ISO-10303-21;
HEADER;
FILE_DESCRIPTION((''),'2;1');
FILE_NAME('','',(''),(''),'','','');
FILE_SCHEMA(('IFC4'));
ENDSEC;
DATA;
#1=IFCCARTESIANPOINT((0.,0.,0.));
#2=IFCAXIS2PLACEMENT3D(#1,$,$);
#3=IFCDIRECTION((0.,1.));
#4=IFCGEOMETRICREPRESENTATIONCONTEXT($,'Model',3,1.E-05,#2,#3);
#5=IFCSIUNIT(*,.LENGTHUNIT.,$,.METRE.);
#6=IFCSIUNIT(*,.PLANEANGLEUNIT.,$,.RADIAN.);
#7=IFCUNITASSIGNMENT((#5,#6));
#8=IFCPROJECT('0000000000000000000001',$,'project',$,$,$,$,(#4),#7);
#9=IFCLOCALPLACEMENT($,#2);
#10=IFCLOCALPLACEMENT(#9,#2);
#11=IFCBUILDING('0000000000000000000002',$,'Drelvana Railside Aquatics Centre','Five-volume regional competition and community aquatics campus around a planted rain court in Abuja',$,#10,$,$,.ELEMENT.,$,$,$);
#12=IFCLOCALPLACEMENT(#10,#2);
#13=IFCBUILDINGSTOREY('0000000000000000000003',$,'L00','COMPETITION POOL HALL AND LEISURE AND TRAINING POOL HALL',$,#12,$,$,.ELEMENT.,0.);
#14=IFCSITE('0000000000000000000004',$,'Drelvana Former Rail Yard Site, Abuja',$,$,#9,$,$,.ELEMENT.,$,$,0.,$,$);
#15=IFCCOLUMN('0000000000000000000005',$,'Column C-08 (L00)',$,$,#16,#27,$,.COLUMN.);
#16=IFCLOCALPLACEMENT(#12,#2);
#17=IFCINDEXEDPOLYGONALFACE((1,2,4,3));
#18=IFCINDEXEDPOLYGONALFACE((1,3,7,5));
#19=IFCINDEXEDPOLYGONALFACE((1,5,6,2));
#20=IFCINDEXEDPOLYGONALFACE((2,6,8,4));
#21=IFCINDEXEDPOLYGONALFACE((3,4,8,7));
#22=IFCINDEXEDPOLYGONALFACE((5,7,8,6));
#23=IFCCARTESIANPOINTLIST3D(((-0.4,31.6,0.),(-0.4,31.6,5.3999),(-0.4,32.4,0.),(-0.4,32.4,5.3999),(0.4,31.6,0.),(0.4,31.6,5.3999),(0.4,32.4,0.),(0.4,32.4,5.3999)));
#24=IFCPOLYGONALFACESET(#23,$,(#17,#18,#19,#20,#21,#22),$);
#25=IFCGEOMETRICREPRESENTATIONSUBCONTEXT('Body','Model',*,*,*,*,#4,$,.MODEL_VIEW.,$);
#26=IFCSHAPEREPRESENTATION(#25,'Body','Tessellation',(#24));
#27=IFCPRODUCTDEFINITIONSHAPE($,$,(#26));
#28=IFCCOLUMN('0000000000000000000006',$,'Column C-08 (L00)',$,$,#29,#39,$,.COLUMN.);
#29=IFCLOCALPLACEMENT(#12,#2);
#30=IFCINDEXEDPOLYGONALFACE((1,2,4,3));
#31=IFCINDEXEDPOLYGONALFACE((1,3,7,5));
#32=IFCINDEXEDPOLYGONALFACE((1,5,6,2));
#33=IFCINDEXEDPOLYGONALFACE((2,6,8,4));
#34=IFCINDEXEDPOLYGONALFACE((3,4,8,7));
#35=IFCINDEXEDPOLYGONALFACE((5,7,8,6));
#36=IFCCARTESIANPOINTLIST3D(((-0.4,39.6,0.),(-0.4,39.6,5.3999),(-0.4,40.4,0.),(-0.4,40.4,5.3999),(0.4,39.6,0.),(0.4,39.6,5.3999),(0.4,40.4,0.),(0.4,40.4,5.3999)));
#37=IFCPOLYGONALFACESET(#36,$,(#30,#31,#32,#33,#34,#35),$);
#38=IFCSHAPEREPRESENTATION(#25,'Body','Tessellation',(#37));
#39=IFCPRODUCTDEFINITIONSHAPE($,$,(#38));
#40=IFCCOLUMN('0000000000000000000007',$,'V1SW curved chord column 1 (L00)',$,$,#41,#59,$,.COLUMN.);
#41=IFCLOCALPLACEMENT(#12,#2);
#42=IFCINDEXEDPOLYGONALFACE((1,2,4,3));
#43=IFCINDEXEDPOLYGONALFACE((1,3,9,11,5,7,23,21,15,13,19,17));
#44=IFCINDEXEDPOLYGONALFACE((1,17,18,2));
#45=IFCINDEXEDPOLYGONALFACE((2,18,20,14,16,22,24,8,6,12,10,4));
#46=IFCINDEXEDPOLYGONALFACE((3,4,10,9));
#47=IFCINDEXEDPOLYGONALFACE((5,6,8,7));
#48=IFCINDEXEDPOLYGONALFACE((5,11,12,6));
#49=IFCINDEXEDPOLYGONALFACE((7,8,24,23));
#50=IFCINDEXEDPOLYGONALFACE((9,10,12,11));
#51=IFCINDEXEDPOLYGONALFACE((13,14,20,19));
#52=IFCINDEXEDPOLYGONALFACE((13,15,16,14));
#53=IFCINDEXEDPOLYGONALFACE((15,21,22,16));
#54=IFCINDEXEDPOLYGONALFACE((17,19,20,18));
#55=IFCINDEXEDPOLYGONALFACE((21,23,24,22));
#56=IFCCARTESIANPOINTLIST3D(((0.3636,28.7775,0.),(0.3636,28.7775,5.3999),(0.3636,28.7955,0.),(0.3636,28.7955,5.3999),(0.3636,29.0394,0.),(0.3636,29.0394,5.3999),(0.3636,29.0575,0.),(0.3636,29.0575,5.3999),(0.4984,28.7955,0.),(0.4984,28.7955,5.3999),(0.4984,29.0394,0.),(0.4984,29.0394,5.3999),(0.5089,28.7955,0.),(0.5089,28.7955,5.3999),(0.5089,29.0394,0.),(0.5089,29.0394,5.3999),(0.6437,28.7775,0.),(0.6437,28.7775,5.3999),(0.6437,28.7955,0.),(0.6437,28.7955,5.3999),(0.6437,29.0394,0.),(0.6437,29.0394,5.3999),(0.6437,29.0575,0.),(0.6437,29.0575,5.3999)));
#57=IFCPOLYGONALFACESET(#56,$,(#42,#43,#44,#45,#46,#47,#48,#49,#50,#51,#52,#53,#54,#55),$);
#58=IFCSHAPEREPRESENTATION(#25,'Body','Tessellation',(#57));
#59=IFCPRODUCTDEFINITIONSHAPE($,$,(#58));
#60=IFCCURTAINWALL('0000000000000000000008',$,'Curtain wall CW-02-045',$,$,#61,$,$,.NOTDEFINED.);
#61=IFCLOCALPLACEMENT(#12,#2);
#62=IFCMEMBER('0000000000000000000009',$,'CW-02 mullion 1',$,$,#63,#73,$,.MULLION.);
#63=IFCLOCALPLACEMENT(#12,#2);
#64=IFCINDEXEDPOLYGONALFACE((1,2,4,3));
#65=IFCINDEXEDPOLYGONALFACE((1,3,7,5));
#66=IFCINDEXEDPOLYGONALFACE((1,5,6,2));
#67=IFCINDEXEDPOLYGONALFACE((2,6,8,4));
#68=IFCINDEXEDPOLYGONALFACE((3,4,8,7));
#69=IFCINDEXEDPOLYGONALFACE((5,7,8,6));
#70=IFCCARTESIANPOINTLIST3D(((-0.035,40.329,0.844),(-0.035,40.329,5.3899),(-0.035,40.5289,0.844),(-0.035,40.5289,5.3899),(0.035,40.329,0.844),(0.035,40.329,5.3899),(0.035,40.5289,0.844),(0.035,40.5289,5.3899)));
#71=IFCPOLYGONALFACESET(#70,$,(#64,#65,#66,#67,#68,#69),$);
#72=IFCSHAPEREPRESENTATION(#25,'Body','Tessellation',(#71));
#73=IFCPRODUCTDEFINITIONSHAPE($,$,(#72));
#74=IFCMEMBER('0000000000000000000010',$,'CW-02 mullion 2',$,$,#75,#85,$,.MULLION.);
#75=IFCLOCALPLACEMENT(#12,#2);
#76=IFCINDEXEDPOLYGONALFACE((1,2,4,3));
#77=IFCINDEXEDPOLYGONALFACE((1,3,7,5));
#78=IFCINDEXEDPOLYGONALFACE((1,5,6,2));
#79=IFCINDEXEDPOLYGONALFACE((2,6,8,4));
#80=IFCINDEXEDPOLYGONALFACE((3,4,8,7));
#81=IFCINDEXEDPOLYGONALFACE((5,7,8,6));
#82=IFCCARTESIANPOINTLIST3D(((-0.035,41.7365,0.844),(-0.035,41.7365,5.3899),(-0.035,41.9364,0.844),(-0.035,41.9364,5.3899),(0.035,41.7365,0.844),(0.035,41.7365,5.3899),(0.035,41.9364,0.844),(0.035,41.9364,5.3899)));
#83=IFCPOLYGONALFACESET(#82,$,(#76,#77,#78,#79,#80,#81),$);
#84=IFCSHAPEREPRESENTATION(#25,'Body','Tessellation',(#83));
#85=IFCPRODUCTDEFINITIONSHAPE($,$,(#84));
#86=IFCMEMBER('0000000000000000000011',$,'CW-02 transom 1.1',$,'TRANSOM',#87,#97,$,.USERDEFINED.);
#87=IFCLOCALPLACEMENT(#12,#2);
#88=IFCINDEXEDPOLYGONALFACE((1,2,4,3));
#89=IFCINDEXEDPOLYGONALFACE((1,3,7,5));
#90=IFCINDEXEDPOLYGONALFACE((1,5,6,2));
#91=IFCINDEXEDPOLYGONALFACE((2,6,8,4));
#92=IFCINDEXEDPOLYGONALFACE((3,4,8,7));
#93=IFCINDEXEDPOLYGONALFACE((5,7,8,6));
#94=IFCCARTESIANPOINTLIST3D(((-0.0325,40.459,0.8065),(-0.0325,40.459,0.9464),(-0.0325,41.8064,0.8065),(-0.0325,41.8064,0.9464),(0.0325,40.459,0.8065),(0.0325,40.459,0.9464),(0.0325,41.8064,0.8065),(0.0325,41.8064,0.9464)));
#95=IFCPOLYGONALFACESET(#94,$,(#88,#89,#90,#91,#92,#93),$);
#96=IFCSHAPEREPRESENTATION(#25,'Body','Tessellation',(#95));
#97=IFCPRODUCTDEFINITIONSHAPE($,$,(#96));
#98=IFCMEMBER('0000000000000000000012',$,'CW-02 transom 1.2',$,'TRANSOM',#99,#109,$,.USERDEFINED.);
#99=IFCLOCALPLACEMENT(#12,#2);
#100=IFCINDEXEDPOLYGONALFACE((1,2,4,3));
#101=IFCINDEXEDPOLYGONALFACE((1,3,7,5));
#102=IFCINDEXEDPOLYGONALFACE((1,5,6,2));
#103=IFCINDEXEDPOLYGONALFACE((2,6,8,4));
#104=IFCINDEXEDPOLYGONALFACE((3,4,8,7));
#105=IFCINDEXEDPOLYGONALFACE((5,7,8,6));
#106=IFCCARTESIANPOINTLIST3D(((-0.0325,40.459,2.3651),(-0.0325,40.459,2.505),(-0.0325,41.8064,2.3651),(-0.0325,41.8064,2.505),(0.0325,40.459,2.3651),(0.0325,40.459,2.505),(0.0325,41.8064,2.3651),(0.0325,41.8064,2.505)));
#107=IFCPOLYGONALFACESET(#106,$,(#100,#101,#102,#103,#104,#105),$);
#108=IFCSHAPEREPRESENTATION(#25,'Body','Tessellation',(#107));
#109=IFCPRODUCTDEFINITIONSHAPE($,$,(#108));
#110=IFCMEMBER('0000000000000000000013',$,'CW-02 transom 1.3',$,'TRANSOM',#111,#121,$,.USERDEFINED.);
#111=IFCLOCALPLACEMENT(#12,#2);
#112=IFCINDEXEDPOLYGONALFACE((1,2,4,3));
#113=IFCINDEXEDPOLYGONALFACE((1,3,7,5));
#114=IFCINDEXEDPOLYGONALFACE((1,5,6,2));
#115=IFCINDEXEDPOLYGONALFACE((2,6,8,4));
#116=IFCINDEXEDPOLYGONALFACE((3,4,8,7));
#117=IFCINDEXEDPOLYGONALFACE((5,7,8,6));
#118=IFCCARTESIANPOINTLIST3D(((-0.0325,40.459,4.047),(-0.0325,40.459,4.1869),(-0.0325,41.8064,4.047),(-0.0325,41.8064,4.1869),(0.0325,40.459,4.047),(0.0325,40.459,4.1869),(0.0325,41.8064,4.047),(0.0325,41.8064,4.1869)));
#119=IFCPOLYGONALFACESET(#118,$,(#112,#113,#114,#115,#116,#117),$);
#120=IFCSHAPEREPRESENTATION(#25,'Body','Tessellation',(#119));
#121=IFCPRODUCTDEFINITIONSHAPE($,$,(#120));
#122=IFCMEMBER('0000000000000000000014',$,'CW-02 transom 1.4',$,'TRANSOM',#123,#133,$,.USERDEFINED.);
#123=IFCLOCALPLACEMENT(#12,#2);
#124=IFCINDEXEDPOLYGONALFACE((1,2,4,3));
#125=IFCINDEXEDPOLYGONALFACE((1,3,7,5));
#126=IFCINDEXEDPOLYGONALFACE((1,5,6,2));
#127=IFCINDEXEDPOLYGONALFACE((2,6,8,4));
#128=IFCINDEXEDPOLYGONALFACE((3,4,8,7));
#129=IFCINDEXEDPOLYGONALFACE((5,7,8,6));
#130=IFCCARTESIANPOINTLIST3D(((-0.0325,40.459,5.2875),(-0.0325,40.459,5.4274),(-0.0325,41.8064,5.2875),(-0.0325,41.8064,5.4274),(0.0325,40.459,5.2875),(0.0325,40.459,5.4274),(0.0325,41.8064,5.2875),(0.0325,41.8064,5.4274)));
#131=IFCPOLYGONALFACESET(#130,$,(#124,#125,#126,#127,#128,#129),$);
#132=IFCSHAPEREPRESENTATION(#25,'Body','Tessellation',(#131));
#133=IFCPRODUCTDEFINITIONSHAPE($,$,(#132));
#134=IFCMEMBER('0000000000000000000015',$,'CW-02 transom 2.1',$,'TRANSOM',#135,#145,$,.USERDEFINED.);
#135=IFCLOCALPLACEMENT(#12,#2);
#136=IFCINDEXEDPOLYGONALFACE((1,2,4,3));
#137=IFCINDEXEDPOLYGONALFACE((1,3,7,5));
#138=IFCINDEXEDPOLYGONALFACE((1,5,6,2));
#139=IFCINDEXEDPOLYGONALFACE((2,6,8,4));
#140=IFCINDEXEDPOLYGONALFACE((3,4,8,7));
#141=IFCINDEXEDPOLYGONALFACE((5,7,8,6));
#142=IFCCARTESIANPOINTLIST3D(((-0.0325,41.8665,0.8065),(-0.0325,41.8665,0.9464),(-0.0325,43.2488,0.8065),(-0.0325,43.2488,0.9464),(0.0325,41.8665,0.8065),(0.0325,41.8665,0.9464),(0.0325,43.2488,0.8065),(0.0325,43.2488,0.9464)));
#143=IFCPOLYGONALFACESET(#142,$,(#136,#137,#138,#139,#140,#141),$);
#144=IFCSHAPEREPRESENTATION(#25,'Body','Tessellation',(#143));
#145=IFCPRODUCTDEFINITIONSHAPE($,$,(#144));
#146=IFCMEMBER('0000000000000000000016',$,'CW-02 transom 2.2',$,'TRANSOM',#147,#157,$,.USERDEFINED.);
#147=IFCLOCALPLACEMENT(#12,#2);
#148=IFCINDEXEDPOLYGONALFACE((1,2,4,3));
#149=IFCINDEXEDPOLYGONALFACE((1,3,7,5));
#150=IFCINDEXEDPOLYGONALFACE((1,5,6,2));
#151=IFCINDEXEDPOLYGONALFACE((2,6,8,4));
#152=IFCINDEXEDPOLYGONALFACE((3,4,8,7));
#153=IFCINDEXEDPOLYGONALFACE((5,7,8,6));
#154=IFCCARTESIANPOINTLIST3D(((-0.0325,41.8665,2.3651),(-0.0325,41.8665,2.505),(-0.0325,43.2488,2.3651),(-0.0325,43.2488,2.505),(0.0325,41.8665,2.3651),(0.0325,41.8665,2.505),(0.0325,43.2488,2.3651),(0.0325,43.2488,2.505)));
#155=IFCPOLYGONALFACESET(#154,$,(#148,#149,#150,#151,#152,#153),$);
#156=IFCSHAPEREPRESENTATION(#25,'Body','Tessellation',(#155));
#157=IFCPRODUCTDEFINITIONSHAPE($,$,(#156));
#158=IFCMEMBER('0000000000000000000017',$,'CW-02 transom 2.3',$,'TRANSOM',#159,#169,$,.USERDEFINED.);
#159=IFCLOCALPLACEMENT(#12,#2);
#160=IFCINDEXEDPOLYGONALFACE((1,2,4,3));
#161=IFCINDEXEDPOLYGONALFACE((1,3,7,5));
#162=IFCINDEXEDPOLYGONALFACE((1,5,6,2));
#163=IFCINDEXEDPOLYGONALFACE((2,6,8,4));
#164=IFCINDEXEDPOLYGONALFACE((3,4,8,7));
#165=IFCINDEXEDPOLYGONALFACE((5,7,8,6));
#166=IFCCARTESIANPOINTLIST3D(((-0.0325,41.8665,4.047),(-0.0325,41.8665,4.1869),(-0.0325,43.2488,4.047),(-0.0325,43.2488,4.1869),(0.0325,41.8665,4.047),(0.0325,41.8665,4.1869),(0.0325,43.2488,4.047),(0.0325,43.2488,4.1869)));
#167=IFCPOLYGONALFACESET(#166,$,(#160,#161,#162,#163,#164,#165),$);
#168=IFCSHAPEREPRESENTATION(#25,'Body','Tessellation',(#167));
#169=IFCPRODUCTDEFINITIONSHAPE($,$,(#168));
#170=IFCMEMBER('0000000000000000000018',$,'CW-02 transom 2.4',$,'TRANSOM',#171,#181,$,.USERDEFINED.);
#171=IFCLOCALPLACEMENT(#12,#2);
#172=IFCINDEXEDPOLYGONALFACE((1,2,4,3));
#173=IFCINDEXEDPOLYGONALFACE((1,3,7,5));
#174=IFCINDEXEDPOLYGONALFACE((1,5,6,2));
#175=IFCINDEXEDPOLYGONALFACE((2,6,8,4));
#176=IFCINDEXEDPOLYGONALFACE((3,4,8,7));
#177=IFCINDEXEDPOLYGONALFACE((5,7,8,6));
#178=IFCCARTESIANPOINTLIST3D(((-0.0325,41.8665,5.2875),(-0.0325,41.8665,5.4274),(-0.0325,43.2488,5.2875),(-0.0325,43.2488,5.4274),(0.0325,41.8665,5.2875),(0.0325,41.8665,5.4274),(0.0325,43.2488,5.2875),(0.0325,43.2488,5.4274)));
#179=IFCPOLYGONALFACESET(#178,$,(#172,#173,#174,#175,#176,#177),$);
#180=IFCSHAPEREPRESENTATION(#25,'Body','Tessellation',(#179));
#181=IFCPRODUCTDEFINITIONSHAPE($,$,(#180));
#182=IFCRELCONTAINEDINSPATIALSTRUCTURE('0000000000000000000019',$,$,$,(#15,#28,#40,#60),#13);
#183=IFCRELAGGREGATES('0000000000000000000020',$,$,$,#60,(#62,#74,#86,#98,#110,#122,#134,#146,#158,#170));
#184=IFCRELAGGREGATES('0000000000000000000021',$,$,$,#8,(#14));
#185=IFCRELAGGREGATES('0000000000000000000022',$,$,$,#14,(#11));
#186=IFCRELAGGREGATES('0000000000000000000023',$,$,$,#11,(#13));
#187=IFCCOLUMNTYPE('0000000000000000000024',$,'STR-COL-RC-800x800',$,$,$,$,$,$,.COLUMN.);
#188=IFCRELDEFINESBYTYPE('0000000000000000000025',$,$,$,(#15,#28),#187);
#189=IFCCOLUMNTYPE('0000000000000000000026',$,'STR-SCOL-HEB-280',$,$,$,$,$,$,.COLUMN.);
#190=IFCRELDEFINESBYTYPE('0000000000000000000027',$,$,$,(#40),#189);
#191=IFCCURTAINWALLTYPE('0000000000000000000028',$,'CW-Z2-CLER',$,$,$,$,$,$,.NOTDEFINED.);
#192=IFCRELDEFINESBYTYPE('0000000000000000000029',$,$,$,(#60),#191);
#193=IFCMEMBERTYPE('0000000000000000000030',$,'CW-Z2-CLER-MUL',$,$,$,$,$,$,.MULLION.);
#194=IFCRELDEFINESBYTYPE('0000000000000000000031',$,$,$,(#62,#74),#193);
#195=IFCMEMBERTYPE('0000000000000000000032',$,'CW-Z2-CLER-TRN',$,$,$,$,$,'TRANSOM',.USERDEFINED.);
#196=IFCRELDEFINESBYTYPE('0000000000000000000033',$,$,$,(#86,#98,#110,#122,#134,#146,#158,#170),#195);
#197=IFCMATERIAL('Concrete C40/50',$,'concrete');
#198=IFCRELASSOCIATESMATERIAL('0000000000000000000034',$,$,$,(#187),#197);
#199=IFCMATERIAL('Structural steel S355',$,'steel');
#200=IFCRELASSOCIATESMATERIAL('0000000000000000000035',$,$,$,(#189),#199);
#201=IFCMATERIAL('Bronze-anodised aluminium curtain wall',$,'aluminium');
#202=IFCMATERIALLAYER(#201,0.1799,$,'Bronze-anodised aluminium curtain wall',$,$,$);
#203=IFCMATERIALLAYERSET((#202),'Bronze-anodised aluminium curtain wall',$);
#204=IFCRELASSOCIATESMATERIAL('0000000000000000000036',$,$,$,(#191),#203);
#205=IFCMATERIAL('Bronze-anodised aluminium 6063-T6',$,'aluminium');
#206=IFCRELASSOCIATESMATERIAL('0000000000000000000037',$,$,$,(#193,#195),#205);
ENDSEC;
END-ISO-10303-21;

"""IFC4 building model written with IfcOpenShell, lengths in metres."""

from ifc_helpers import new_model, si_unit, direction, frame, origin, origin_2d, place, context, subcontext, project, spatial, rectangle, i_section, extrude, material, layer, layer_set, material_profile, profile_set, type_object, element, aggregate, save


model = new_model("IFC4")

# Units and contexts
model_context = context("Model", 3, precision=1e-05, world=origin(), true_north=direction((0.0, 1.0)))
body_context = subcontext(model_context, "Body", "Model", "MODEL_VIEW")
ifc_project = project(units=[si_unit("LENGTHUNIT", "METRE"), si_unit("PLANEANGLEUNIT", "RADIAN")], contexts=[model_context])

# Site, building, storey
site_placement = place(None, origin())
site = spatial("IfcSite", under=ifc_project, at=site_placement, Name="Drelvana Former Rail Yard Site, Abuja", CompositionType="ELEMENT", RefElevation=0.0)
building_placement = place(site_placement, origin())
building = spatial("IfcBuilding", under=site, at=building_placement, Name="Drelvana Railside Aquatics Centre", Description="Five-volume regional competition and community aquatics campus around a planted rain court in Abuja", CompositionType="ELEMENT")
storey_placement = place(building_placement, origin())
storey = spatial("IfcBuildingStorey", under=building, at=storey_placement, Name="L00", Description="COMPETITION POOL HALL AND LEISURE AND TRAINING POOL HALL", CompositionType="ELEMENT", Elevation=0.0)

# Columns
ifc_material_1 = material(Name="Concrete C40/50", Category="concrete")
ifc_material_profile_1 = material_profile(ifc_material_1, rectangle(XDim=0.8, YDim=0.8, at=origin_2d()), Name="RC 800x800")
ifc_profile_set_1 = profile_set([ifc_material_profile_1], Name="Concrete C40/50")
column_type_1 = type_object("IfcColumnType", Name="STR-COL-RC-800x800", PredefinedType="COLUMN", material=ifc_profile_set_1)
for number, where, z_axis, x_axis, name in (
    (1, (0.0, 32.0, 0.0), (0.0, 0.0, 1.0), (1.0, 0.0, 0.0), "Column C-08 (L00)"),
    (2, (0.0, 40.0, 0.0), (0.0, 0.0, 1.0), (1.0, 0.0, 0.0), "Column C-08 (L00)"),
):
    element("IfcColumn", number, at=place(storey_placement, frame(where, z_axis=z_axis, x_axis=x_axis)), inside=storey, type_object=column_type_1, Name=name, PredefinedType="COLUMN", context=body_context, shape_type="SweptSolid", body=[
        extrude(rectangle(XDim=0.8, YDim=0.8, at=origin_2d()), origin(), (0.0, 0.0, 1.0), 5.3999),
    ])
ifc_material_2 = material(Name="Structural steel S355", Category="steel")
ifc_material_profile_2 = material_profile(ifc_material_2, i_section(OverallWidth=0.28, OverallDepth=0.28, WebThickness=0.0105, FlangeThickness=0.0181, at=origin_2d()), Name="HEB 280")
ifc_profile_set_2 = profile_set([ifc_material_profile_2], Name="Structural steel S355")
column_type_2 = type_object("IfcColumnType", Name="STR-SCOL-HEB-280", PredefinedType="COLUMN", material=ifc_profile_set_2)
column_placement = place(storey_placement, frame((0.5037, 28.9175, 0.0), z_axis=(0.0, 0.0, 1.0), x_axis=(1.0, 0.0, 0.0)))
element("IfcColumn", 3, at=column_placement, inside=storey, type_object=column_type_2, Name="V1SW curved chord column 1 (L00)", PredefinedType="COLUMN", context=body_context, shape_type="SweptSolid", body=[
    extrude(i_section(OverallWidth=0.28, OverallDepth=0.28, WebThickness=0.0105, FlangeThickness=0.0181, at=origin_2d()), origin(), (0.0, 0.0, 1.0), 5.3999),
])

# Curtain wall, members
ifc_material_3 = material(Name="Bronze-anodised aluminium curtain wall", Category="aluminium")
ifc_layer_1 = layer(ifc_material_3, 0.1799, Name="Bronze-anodised aluminium curtain wall")
ifc_layer_set_1 = layer_set([ifc_layer_1], Name="Bronze-anodised aluminium curtain wall")
curtain_wall_type = type_object("IfcCurtainWallType", Name="CW-Z2-CLER", PredefinedType="NOTDEFINED", material=ifc_layer_set_1)
curtain_wall_placement = place(storey_placement, origin())
curtain_wall = element("IfcCurtainWall", 4, at=curtain_wall_placement, inside=storey, type_object=curtain_wall_type, Name="Curtain wall CW-02-045", PredefinedType="NOTDEFINED")
ifc_material_4 = material(Name="Bronze-anodised aluminium 6063-T6", Category="aluminium")
ifc_material_profile_3 = material_profile(ifc_material_4, rectangle(XDim=0.0701, YDim=0.2, at=origin_2d()), Name="ALU-M 70x200")
ifc_profile_set_3 = profile_set([ifc_material_profile_3], Name="Bronze-anodised aluminium 6063-T6")
member_type_1 = type_object("IfcMemberType", Name="CW-Z2-CLER-MUL", PredefinedType="MULLION", material=ifc_profile_set_3)
member_1_placement = place(storey_placement, frame((0.0, 40.429, 0.844), z_axis=(0.0, 0.0, 1.0), x_axis=(-1.0, 0.0, 0.0)))
member_1 = element("IfcMember", 5, at=member_1_placement, type_object=member_type_1, Name="CW-02 mullion 1", PredefinedType="MULLION", context=body_context, shape_type="SweptSolid", body=[
    extrude(rectangle(XDim=0.0701, YDim=0.2, at=origin_2d()), origin(), (0.0, 0.0, 1.0), 4.5459),
])
member_2_placement = place(storey_placement, frame((0.0, 41.8364, 0.844), z_axis=(0.0, 0.0, 1.0), x_axis=(-1.0, 0.0, 0.0)))
member_2 = element("IfcMember", 6, at=member_2_placement, type_object=member_type_1, Name="CW-02 mullion 2", PredefinedType="MULLION", context=body_context, shape_type="SweptSolid", body=[
    extrude(rectangle(XDim=0.0701, YDim=0.2, at=origin_2d()), origin(), (0.0, 0.0, 1.0), 4.5459),
])
ifc_material_profile_4 = material_profile(ifc_material_4, rectangle(XDim=0.1399, YDim=0.0649, at=origin_2d()), Name="ALU-T 65x140")
ifc_profile_set_4 = profile_set([ifc_material_profile_4], Name="Bronze-anodised aluminium 6063-T6")
member_type_2 = type_object("IfcMemberType", Name="CW-Z2-CLER-TRN", ElementType="TRANSOM", PredefinedType="USERDEFINED", material=ifc_profile_set_4)
member_3_placement = place(storey_placement, frame((0.0, 40.459, 0.8765), z_axis=(0.0, 1.0, 0.0), x_axis=(0.0, 0.0, 1.0)))
member_3 = element("IfcMember", 7, at=member_3_placement, type_object=member_type_2, Name="CW-02 transom 1.1", ObjectType="TRANSOM", PredefinedType="USERDEFINED", context=body_context, shape_type="SweptSolid", body=[
    extrude(rectangle(XDim=0.1399, YDim=0.0649, at=origin_2d()), origin(), (0.0, 0.0, 1.0), 1.3474),
])
member_4_placement = place(storey_placement, frame((0.0, 40.459, 2.4351), z_axis=(0.0, 1.0, 0.0), x_axis=(0.0, 0.0, 1.0)))
member_4 = element("IfcMember", 8, at=member_4_placement, type_object=member_type_2, Name="CW-02 transom 1.2", ObjectType="TRANSOM", PredefinedType="USERDEFINED", context=body_context, shape_type="SweptSolid", body=[
    extrude(rectangle(XDim=0.1399, YDim=0.0649, at=origin_2d()), origin(), (0.0, 0.0, 1.0), 1.3474),
])
member_5_placement = place(storey_placement, frame((0.0, 40.459, 4.1169), z_axis=(0.0, 1.0, 0.0), x_axis=(0.0, 0.0, 1.0)))
member_5 = element("IfcMember", 9, at=member_5_placement, type_object=member_type_2, Name="CW-02 transom 1.3", ObjectType="TRANSOM", PredefinedType="USERDEFINED", context=body_context, shape_type="SweptSolid", body=[
    extrude(rectangle(XDim=0.1399, YDim=0.0649, at=origin_2d()), origin(), (0.0, 0.0, 1.0), 1.3474),
])
member_6_placement = place(storey_placement, frame((0.0, 40.459, 5.3574), z_axis=(0.0, 1.0, 0.0), x_axis=(0.0, 0.0, 1.0)))
member_6 = element("IfcMember", 10, at=member_6_placement, type_object=member_type_2, Name="CW-02 transom 1.4", ObjectType="TRANSOM", PredefinedType="USERDEFINED", context=body_context, shape_type="SweptSolid", body=[
    extrude(rectangle(XDim=0.1399, YDim=0.0649, at=origin_2d()), origin(), (0.0, 0.0, 1.0), 1.3474),
])
member_7_placement = place(storey_placement, frame((0.0, 41.8665, 0.8765), z_axis=(0.0, 1.0, 0.0), x_axis=(0.0, 0.0, 1.0)))
member_7 = element("IfcMember", 11, at=member_7_placement, type_object=member_type_2, Name="CW-02 transom 2.1", ObjectType="TRANSOM", PredefinedType="USERDEFINED", context=body_context, shape_type="SweptSolid", body=[
    extrude(rectangle(XDim=0.1399, YDim=0.0649, at=origin_2d()), origin(), (0.0, 0.0, 1.0), 1.3823),
])
member_8_placement = place(storey_placement, frame((0.0, 41.8665, 2.4351), z_axis=(0.0, 1.0, 0.0), x_axis=(0.0, 0.0, 1.0)))
member_8 = element("IfcMember", 12, at=member_8_placement, type_object=member_type_2, Name="CW-02 transom 2.2", ObjectType="TRANSOM", PredefinedType="USERDEFINED", context=body_context, shape_type="SweptSolid", body=[
    extrude(rectangle(XDim=0.1399, YDim=0.0649, at=origin_2d()), origin(), (0.0, 0.0, 1.0), 1.3823),
])
member_9_placement = place(storey_placement, frame((0.0, 41.8665, 4.1169), z_axis=(0.0, 1.0, 0.0), x_axis=(0.0, 0.0, 1.0)))
member_9 = element("IfcMember", 13, at=member_9_placement, type_object=member_type_2, Name="CW-02 transom 2.3", ObjectType="TRANSOM", PredefinedType="USERDEFINED", context=body_context, shape_type="SweptSolid", body=[
    extrude(rectangle(XDim=0.1399, YDim=0.0649, at=origin_2d()), origin(), (0.0, 0.0, 1.0), 1.3823),
])
member_10_placement = place(storey_placement, frame((0.0, 41.8665, 5.3574), z_axis=(0.0, 1.0, 0.0), x_axis=(0.0, 0.0, 1.0)))
member_10 = element("IfcMember", 14, at=member_10_placement, type_object=member_type_2, Name="CW-02 transom 2.4", ObjectType="TRANSOM", PredefinedType="USERDEFINED", context=body_context, shape_type="SweptSolid", body=[
    extrude(rectangle(XDim=0.1399, YDim=0.0649, at=origin_2d()), origin(), (0.0, 0.0, 1.0), 1.3823),
])

aggregate(curtain_wall, [member_1, member_2, member_3, member_4, member_5, member_6, member_7, member_8, member_9, member_10])

save(model, "model.ifc")
